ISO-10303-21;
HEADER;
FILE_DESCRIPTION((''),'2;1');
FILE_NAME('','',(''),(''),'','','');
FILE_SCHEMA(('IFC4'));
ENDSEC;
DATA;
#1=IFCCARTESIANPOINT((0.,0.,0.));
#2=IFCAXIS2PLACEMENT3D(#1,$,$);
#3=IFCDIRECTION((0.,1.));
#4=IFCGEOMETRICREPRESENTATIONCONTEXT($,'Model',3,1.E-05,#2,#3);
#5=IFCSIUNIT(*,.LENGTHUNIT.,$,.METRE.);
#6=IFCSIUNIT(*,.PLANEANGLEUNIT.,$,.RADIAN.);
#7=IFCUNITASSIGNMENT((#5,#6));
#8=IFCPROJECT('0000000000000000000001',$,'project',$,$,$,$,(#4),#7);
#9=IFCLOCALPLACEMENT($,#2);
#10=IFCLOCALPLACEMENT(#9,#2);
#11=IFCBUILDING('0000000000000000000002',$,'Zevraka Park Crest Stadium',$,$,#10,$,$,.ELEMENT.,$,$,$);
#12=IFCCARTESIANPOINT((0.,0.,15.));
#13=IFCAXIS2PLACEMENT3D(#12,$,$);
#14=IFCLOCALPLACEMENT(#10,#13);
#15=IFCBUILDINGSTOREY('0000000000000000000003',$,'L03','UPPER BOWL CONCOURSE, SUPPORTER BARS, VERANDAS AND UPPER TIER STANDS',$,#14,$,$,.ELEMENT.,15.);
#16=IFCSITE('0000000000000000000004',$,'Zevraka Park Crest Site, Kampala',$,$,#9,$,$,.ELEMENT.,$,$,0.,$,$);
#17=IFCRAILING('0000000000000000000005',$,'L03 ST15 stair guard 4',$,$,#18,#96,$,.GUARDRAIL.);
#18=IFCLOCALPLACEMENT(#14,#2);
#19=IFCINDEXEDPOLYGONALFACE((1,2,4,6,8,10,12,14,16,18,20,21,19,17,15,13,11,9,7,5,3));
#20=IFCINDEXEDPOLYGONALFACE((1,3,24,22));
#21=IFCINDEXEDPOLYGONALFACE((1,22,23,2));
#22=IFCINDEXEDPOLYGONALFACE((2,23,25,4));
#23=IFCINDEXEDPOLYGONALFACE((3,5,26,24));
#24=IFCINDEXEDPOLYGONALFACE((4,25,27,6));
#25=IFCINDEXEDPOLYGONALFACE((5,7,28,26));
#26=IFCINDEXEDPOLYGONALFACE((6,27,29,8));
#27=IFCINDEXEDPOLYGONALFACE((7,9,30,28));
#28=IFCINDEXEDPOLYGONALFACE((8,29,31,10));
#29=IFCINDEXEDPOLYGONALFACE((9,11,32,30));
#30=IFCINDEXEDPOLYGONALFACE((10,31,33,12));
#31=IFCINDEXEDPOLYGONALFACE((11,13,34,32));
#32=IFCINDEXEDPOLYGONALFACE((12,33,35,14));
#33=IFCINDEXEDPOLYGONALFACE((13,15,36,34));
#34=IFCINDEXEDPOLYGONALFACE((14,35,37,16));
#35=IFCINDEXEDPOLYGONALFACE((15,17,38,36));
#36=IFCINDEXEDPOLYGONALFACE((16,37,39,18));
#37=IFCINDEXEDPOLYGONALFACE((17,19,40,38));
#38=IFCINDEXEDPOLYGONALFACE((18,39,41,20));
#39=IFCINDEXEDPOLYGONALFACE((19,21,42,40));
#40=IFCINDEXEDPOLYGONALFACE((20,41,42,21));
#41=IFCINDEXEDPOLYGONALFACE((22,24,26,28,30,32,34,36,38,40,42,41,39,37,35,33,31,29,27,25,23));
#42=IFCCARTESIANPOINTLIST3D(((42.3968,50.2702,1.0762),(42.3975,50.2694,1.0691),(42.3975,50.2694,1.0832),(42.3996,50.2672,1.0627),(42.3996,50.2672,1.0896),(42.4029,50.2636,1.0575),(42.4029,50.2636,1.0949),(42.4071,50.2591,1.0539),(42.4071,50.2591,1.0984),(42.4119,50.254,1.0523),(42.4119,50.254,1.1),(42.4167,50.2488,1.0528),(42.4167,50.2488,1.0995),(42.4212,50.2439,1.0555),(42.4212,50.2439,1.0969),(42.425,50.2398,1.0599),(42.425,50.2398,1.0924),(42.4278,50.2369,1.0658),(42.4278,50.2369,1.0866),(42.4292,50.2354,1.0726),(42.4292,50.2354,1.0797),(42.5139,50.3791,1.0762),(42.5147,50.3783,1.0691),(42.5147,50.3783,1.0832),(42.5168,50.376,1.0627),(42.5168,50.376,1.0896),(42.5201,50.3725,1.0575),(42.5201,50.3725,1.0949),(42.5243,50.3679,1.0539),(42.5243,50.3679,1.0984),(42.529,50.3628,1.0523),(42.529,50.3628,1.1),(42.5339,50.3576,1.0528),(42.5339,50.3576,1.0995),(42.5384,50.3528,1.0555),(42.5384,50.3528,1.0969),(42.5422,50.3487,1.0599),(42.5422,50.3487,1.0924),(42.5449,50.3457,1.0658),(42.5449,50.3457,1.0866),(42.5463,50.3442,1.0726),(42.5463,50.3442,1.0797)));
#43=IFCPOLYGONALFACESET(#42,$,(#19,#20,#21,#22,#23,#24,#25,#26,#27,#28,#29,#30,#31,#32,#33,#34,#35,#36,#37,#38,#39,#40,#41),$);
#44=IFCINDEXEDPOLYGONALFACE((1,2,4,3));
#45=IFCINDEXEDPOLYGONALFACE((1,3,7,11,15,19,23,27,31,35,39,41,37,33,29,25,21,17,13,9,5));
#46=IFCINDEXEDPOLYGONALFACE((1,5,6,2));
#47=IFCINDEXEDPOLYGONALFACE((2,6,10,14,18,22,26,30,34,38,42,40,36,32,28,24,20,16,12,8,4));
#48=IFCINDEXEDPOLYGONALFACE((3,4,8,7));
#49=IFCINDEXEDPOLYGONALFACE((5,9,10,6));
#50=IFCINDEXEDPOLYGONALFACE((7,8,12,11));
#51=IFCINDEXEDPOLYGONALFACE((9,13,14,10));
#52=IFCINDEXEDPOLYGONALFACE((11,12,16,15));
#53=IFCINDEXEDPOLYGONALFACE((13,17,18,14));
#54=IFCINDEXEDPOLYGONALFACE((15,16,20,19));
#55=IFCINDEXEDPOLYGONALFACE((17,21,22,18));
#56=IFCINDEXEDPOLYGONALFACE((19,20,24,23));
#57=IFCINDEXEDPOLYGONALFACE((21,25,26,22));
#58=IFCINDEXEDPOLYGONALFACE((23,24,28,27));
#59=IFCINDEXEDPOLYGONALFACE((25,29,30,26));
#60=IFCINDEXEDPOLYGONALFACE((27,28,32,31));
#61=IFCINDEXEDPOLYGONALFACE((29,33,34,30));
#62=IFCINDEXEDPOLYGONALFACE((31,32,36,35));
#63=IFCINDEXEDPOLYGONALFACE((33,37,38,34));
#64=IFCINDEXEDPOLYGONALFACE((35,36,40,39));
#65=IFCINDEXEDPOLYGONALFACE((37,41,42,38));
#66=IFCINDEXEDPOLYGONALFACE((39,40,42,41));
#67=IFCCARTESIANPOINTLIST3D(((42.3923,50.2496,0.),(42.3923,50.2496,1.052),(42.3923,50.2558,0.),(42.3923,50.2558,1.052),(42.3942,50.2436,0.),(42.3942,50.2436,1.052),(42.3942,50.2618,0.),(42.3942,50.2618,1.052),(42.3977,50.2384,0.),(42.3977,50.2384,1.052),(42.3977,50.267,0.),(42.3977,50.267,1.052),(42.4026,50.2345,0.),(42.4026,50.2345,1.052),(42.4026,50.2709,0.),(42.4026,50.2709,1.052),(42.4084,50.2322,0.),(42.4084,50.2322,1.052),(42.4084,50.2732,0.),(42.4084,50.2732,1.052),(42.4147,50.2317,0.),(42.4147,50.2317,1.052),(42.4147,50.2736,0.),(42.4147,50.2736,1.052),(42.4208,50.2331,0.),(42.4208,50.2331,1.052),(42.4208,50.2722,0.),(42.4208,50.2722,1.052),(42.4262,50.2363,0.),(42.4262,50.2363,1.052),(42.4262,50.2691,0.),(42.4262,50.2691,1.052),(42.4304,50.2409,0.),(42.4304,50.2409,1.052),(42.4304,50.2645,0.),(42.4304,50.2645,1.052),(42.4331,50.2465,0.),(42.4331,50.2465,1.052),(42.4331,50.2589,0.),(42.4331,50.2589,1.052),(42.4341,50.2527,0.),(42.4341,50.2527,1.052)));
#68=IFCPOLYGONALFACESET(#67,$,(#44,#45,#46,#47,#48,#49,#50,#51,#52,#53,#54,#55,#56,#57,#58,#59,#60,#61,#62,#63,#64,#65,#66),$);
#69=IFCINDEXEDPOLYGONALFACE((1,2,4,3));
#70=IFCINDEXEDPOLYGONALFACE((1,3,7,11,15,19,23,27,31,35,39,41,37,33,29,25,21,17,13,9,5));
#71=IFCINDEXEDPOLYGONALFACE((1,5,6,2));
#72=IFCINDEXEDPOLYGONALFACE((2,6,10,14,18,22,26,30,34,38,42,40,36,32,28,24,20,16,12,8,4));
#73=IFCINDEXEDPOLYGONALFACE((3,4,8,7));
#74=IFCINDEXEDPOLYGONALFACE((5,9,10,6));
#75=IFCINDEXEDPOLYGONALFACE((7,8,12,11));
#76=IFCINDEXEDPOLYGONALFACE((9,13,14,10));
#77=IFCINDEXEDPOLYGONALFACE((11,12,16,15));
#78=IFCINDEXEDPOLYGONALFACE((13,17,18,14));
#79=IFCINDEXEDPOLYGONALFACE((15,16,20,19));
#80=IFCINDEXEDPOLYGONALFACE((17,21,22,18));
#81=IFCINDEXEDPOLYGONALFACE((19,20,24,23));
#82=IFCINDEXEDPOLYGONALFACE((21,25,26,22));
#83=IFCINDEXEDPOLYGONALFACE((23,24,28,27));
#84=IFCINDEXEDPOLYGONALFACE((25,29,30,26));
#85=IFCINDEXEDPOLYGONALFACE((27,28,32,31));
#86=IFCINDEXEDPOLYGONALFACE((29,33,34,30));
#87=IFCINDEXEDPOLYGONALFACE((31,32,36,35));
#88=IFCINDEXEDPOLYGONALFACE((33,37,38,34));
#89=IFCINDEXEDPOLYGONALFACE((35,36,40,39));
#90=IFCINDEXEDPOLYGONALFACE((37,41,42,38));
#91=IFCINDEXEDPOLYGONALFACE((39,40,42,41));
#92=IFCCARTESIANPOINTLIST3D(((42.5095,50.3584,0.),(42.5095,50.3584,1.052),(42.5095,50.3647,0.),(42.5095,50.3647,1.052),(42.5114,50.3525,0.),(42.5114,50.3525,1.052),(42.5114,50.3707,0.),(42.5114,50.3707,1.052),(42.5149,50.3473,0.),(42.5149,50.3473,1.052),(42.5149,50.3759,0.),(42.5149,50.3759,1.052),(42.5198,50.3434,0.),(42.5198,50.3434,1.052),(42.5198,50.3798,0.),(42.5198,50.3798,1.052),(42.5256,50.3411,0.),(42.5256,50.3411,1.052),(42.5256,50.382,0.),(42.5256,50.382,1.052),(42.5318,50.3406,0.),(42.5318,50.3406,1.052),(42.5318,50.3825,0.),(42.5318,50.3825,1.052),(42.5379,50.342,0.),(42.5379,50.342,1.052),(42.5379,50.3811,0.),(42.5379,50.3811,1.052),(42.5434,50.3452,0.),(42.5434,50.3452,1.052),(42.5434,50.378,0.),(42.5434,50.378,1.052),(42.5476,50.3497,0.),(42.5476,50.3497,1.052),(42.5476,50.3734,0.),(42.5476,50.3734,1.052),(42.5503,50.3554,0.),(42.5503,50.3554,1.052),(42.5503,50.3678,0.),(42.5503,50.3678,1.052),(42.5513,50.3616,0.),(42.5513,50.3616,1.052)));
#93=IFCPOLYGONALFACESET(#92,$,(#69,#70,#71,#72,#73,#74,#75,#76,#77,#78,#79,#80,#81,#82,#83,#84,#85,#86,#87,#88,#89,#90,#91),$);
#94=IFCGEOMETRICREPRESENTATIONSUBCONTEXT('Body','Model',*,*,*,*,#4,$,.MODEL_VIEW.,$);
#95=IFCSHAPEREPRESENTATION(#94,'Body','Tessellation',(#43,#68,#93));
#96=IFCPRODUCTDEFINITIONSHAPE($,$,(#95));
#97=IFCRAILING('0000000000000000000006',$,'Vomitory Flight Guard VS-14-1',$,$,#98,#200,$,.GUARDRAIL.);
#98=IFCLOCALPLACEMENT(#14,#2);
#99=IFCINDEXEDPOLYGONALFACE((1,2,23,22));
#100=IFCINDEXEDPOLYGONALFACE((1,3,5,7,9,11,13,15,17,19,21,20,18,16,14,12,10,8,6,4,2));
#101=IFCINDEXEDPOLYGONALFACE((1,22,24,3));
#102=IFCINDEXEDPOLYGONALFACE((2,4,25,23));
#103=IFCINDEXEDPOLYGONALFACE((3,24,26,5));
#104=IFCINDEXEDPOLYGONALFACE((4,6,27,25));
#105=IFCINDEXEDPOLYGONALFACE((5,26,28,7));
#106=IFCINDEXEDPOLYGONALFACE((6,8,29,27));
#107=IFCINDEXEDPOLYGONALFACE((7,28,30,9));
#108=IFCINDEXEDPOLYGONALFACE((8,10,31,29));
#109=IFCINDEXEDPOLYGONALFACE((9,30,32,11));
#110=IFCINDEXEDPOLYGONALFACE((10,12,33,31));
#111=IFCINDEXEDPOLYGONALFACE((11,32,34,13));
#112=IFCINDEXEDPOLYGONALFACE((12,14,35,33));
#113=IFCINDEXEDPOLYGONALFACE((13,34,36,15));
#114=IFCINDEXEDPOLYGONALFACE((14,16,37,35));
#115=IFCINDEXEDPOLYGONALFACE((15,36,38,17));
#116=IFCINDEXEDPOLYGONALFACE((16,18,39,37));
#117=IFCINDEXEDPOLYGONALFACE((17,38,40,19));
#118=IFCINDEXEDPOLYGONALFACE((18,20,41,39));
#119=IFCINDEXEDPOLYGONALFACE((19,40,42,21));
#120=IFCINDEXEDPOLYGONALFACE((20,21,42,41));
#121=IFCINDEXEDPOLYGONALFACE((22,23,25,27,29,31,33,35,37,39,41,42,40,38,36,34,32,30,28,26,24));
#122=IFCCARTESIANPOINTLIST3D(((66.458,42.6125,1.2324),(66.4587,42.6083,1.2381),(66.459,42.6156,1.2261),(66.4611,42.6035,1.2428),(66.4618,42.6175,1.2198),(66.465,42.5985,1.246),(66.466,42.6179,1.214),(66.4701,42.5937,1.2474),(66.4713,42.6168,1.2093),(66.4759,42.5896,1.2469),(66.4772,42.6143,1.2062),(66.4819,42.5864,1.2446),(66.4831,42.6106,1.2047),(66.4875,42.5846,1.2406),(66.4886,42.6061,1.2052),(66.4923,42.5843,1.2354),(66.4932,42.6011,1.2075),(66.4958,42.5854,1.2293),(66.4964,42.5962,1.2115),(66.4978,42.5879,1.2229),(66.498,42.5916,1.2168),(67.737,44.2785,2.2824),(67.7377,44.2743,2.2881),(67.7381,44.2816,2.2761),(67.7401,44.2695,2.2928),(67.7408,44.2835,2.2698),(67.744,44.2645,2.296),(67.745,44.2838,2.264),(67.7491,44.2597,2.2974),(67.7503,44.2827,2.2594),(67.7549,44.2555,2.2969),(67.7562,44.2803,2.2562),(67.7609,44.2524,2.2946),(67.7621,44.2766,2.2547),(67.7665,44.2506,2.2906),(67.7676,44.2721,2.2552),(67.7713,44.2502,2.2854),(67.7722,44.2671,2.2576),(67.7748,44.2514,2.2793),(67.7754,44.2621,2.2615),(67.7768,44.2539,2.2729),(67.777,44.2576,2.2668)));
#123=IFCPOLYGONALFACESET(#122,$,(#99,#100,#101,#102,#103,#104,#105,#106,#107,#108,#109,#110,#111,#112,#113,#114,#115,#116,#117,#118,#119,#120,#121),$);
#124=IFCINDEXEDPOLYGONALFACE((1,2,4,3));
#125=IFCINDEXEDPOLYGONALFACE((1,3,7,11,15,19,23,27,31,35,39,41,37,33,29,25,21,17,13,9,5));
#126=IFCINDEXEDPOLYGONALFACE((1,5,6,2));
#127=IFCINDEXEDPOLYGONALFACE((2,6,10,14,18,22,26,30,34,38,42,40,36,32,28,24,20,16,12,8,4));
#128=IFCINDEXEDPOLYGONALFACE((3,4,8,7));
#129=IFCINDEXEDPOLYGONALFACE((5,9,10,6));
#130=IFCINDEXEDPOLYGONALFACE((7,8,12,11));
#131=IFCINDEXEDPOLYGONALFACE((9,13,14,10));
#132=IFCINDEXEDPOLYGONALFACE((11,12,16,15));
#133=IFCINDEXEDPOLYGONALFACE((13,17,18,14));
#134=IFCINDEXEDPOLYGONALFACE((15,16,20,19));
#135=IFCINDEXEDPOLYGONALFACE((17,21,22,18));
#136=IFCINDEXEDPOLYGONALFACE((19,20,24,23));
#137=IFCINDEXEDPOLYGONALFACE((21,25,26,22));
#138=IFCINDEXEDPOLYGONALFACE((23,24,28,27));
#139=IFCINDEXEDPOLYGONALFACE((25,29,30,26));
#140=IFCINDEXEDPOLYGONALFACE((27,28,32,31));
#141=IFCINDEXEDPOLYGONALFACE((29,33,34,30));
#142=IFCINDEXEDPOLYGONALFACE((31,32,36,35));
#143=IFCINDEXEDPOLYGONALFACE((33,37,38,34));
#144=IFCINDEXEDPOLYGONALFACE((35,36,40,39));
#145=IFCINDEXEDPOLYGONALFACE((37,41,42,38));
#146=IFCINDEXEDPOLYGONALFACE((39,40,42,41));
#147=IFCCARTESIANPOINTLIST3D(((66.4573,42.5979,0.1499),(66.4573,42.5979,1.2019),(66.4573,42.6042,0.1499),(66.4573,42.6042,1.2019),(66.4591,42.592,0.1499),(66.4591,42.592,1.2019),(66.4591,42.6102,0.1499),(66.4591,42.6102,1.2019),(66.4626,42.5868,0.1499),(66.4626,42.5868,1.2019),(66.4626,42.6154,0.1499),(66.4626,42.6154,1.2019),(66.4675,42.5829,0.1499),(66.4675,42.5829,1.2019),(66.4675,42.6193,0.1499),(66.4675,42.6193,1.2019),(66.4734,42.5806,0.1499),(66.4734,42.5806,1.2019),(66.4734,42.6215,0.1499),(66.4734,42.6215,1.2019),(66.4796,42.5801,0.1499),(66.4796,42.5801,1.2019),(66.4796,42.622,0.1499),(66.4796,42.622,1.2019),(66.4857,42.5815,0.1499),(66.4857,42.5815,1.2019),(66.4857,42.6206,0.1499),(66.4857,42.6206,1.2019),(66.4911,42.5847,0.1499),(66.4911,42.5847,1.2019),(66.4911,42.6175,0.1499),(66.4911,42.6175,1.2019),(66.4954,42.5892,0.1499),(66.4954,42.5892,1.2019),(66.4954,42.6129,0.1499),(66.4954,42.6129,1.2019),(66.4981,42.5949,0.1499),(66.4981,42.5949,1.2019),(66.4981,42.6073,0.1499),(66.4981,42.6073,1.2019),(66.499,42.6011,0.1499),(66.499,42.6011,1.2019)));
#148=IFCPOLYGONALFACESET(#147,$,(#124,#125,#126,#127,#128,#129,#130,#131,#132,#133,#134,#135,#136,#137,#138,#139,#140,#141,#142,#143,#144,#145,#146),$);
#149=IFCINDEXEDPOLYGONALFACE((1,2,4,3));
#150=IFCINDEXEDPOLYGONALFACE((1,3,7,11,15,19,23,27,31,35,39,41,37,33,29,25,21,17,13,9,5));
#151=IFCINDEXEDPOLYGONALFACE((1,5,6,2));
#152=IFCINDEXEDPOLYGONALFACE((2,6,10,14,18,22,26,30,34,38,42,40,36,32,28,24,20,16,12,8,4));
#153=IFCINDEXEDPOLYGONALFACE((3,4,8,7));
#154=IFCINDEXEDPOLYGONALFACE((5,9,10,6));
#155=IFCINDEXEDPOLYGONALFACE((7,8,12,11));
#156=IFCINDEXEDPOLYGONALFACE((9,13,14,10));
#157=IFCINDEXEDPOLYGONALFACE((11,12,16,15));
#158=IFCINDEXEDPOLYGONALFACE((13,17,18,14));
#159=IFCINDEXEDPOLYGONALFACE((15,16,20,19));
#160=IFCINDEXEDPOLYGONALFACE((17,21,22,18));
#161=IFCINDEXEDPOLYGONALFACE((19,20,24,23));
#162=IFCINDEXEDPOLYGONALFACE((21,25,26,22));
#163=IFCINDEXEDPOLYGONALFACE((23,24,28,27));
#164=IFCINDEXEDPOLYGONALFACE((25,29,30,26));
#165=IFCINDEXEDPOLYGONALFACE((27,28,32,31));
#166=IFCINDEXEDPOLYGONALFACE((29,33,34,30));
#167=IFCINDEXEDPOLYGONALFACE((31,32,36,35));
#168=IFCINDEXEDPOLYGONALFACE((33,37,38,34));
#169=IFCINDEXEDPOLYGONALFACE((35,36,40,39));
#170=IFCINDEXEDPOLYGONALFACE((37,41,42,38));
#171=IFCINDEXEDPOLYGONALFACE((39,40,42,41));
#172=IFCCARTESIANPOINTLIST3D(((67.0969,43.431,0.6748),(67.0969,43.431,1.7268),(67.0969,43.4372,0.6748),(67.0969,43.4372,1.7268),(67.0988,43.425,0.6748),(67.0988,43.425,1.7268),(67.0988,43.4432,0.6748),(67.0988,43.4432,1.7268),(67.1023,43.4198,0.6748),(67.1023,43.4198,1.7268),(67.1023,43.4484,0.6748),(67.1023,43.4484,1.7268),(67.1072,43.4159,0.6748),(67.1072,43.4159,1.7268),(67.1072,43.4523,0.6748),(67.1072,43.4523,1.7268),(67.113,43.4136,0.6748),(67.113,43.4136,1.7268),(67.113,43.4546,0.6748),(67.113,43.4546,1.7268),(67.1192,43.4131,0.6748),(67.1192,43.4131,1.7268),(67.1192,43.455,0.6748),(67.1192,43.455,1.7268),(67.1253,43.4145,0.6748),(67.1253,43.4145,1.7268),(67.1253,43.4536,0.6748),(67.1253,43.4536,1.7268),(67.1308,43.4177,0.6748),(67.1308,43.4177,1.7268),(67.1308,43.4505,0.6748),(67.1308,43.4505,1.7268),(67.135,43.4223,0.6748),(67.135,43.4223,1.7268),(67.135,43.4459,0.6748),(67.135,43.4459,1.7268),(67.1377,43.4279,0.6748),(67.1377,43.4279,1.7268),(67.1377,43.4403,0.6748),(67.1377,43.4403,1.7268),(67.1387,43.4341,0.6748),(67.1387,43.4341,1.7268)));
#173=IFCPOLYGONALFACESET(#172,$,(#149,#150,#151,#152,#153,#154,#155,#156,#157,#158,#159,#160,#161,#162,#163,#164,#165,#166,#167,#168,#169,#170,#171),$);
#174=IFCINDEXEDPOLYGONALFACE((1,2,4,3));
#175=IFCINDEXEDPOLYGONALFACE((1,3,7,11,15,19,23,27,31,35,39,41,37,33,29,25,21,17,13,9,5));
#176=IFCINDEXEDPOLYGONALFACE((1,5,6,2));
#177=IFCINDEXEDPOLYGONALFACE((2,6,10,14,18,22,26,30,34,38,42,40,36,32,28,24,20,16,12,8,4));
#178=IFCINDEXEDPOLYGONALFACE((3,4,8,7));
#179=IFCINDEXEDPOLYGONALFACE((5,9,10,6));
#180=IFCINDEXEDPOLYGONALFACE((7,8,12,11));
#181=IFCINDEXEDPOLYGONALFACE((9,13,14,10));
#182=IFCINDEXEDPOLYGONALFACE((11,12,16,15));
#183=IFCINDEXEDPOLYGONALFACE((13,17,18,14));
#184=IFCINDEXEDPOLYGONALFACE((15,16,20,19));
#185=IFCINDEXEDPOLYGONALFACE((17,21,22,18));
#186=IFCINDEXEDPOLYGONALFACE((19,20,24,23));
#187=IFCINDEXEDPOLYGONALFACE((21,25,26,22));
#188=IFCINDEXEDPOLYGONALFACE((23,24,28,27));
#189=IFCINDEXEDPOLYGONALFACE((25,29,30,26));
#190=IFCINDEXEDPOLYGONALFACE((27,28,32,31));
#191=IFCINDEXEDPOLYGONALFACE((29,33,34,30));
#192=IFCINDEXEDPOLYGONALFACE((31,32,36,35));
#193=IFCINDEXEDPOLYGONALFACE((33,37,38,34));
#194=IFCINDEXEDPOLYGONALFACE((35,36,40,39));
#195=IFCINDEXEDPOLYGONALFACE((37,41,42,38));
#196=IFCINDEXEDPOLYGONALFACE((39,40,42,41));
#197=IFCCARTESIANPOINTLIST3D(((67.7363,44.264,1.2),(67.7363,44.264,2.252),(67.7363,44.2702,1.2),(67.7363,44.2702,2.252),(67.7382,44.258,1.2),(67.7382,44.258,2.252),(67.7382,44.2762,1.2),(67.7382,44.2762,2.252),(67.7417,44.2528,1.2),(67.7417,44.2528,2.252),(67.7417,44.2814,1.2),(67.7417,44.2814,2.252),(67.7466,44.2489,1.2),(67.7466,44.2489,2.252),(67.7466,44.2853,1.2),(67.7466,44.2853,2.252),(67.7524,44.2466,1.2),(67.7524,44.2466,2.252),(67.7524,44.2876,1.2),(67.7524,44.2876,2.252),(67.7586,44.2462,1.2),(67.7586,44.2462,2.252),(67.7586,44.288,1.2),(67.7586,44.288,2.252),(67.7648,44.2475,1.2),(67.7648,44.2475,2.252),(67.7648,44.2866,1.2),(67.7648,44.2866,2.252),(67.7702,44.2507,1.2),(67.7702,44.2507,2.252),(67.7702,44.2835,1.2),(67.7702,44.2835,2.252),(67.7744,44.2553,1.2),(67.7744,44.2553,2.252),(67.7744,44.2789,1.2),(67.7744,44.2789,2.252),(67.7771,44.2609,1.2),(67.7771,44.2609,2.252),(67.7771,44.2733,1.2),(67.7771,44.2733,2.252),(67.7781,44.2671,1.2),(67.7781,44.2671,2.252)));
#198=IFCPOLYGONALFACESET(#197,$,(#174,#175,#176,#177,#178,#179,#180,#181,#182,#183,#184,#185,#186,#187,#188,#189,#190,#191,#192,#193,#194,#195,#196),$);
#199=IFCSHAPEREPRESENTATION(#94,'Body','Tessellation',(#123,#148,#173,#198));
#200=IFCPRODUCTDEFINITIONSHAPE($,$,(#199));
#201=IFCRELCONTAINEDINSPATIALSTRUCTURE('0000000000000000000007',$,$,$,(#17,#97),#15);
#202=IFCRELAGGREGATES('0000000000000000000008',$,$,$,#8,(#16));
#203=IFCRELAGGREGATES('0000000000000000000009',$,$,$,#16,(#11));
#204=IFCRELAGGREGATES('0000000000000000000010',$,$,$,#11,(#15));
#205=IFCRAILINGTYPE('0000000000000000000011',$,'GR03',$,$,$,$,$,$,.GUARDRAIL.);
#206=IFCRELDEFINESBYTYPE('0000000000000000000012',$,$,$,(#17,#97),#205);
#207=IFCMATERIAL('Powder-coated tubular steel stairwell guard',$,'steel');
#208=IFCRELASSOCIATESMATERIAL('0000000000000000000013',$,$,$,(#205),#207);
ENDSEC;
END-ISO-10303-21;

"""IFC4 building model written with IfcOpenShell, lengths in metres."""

from ifc_helpers import new_model, si_unit, direction, frame, origin, origin_2d, place, context, subcontext, project, spatial, circle, extrude, material, type_object, element, save


model = new_model("IFC4")

# Units and contexts
model_context = context("Model", 3, precision=1e-05, world=origin(), true_north=direction((0.0, 1.0)))
body_context = subcontext(model_context, "Body", "Model", "MODEL_VIEW")
ifc_project = project(units=[si_unit("LENGTHUNIT", "METRE"), si_unit("PLANEANGLEUNIT", "RADIAN")], contexts=[model_context])

# Site, building, storey
site_placement = place(None, origin())
site = spatial("IfcSite", under=ifc_project, at=site_placement, Name="Zevraka Park Crest Site, Kampala", CompositionType="ELEMENT", RefElevation=0.0)
building_placement = place(site_placement, origin())
building = spatial("IfcBuilding", under=site, at=building_placement, Name="Zevraka Park Crest Stadium", CompositionType="ELEMENT")
storey_placement = place(building_placement, frame((0.0, 0.0, 15.0)))
storey = spatial("IfcBuildingStorey", under=building, at=storey_placement, Name="L03", Description="UPPER BOWL CONCOURSE, SUPPORTER BARS, VERANDAS AND UPPER TIER STANDS", CompositionType="ELEMENT", Elevation=15.0)

# Railings
ifc_material_1 = material(Name="Powder-coated tubular steel stairwell guard", Category="steel")
railing_type_1 = type_object("IfcRailingType", Name="GR03", PredefinedType="GUARDRAIL", material=ifc_material_1)
railing_1_placement = place(storey_placement, frame((42.4131, 50.2527, 0.0)))
element("IfcRailing", 1, at=railing_1_placement, inside=storey, type_object=railing_type_1, Name="L03 ST15 stair guard 4", PredefinedType="GUARDRAIL", context=body_context, shape_type="SweptSolid", body=[
    extrude(circle(Radius=0.0239, at=origin_2d()), frame((0.0, 0.0, 1.0762), z_axis=(0.732576, 0.680685, 0.0), x_axis=(-0.680685, 0.732576, 0.0)), (0.0, 0.0, 1.0), 0.1599),
    extrude(circle(Radius=0.021, at=origin_2d()), origin(), (0.0, 0.0, 1.0), 1.052),
    extrude(circle(Radius=0.021, at=origin_2d()), frame((0.1172, 0.1089, 0.0)), (0.0, 0.0, 1.0), 1.052),
])
railing_2_placement = place(storey_placement, frame((66.478, 42.6011, 0.1499)))
element("IfcRailing", 2, at=railing_2_placement, inside=storey, type_object=railing_type_1, Name="Vomitory Flight Guard VS-14-1", PredefinedType="GUARDRAIL", context=body_context, shape_type="SweptSolid", body=[
    extrude(circle(Radius=0.0239, at=origin_2d()), frame((0.0, 0.0, 1.0762), z_axis=(0.544688, 0.709477, 0.447166), x_axis=(-0.793198, 0.608963, 0.0)), (0.0, 0.0, 1.0), 2.3481),
    extrude(circle(Radius=0.021, at=origin_2d()), origin(), (0.0, 0.0, 1.0), 1.052),
    extrude(circle(Radius=0.021, at=origin_2d()), frame((0.6396, 0.833, 0.5249)), (0.0, 0.0, 1.0), 1.052),
    extrude(circle(Radius=0.021, at=origin_2d()), frame((1.2791, 1.666, 1.05)), (0.0, 0.0, 1.0), 1.052),
])

save(model, "model.ifc")
